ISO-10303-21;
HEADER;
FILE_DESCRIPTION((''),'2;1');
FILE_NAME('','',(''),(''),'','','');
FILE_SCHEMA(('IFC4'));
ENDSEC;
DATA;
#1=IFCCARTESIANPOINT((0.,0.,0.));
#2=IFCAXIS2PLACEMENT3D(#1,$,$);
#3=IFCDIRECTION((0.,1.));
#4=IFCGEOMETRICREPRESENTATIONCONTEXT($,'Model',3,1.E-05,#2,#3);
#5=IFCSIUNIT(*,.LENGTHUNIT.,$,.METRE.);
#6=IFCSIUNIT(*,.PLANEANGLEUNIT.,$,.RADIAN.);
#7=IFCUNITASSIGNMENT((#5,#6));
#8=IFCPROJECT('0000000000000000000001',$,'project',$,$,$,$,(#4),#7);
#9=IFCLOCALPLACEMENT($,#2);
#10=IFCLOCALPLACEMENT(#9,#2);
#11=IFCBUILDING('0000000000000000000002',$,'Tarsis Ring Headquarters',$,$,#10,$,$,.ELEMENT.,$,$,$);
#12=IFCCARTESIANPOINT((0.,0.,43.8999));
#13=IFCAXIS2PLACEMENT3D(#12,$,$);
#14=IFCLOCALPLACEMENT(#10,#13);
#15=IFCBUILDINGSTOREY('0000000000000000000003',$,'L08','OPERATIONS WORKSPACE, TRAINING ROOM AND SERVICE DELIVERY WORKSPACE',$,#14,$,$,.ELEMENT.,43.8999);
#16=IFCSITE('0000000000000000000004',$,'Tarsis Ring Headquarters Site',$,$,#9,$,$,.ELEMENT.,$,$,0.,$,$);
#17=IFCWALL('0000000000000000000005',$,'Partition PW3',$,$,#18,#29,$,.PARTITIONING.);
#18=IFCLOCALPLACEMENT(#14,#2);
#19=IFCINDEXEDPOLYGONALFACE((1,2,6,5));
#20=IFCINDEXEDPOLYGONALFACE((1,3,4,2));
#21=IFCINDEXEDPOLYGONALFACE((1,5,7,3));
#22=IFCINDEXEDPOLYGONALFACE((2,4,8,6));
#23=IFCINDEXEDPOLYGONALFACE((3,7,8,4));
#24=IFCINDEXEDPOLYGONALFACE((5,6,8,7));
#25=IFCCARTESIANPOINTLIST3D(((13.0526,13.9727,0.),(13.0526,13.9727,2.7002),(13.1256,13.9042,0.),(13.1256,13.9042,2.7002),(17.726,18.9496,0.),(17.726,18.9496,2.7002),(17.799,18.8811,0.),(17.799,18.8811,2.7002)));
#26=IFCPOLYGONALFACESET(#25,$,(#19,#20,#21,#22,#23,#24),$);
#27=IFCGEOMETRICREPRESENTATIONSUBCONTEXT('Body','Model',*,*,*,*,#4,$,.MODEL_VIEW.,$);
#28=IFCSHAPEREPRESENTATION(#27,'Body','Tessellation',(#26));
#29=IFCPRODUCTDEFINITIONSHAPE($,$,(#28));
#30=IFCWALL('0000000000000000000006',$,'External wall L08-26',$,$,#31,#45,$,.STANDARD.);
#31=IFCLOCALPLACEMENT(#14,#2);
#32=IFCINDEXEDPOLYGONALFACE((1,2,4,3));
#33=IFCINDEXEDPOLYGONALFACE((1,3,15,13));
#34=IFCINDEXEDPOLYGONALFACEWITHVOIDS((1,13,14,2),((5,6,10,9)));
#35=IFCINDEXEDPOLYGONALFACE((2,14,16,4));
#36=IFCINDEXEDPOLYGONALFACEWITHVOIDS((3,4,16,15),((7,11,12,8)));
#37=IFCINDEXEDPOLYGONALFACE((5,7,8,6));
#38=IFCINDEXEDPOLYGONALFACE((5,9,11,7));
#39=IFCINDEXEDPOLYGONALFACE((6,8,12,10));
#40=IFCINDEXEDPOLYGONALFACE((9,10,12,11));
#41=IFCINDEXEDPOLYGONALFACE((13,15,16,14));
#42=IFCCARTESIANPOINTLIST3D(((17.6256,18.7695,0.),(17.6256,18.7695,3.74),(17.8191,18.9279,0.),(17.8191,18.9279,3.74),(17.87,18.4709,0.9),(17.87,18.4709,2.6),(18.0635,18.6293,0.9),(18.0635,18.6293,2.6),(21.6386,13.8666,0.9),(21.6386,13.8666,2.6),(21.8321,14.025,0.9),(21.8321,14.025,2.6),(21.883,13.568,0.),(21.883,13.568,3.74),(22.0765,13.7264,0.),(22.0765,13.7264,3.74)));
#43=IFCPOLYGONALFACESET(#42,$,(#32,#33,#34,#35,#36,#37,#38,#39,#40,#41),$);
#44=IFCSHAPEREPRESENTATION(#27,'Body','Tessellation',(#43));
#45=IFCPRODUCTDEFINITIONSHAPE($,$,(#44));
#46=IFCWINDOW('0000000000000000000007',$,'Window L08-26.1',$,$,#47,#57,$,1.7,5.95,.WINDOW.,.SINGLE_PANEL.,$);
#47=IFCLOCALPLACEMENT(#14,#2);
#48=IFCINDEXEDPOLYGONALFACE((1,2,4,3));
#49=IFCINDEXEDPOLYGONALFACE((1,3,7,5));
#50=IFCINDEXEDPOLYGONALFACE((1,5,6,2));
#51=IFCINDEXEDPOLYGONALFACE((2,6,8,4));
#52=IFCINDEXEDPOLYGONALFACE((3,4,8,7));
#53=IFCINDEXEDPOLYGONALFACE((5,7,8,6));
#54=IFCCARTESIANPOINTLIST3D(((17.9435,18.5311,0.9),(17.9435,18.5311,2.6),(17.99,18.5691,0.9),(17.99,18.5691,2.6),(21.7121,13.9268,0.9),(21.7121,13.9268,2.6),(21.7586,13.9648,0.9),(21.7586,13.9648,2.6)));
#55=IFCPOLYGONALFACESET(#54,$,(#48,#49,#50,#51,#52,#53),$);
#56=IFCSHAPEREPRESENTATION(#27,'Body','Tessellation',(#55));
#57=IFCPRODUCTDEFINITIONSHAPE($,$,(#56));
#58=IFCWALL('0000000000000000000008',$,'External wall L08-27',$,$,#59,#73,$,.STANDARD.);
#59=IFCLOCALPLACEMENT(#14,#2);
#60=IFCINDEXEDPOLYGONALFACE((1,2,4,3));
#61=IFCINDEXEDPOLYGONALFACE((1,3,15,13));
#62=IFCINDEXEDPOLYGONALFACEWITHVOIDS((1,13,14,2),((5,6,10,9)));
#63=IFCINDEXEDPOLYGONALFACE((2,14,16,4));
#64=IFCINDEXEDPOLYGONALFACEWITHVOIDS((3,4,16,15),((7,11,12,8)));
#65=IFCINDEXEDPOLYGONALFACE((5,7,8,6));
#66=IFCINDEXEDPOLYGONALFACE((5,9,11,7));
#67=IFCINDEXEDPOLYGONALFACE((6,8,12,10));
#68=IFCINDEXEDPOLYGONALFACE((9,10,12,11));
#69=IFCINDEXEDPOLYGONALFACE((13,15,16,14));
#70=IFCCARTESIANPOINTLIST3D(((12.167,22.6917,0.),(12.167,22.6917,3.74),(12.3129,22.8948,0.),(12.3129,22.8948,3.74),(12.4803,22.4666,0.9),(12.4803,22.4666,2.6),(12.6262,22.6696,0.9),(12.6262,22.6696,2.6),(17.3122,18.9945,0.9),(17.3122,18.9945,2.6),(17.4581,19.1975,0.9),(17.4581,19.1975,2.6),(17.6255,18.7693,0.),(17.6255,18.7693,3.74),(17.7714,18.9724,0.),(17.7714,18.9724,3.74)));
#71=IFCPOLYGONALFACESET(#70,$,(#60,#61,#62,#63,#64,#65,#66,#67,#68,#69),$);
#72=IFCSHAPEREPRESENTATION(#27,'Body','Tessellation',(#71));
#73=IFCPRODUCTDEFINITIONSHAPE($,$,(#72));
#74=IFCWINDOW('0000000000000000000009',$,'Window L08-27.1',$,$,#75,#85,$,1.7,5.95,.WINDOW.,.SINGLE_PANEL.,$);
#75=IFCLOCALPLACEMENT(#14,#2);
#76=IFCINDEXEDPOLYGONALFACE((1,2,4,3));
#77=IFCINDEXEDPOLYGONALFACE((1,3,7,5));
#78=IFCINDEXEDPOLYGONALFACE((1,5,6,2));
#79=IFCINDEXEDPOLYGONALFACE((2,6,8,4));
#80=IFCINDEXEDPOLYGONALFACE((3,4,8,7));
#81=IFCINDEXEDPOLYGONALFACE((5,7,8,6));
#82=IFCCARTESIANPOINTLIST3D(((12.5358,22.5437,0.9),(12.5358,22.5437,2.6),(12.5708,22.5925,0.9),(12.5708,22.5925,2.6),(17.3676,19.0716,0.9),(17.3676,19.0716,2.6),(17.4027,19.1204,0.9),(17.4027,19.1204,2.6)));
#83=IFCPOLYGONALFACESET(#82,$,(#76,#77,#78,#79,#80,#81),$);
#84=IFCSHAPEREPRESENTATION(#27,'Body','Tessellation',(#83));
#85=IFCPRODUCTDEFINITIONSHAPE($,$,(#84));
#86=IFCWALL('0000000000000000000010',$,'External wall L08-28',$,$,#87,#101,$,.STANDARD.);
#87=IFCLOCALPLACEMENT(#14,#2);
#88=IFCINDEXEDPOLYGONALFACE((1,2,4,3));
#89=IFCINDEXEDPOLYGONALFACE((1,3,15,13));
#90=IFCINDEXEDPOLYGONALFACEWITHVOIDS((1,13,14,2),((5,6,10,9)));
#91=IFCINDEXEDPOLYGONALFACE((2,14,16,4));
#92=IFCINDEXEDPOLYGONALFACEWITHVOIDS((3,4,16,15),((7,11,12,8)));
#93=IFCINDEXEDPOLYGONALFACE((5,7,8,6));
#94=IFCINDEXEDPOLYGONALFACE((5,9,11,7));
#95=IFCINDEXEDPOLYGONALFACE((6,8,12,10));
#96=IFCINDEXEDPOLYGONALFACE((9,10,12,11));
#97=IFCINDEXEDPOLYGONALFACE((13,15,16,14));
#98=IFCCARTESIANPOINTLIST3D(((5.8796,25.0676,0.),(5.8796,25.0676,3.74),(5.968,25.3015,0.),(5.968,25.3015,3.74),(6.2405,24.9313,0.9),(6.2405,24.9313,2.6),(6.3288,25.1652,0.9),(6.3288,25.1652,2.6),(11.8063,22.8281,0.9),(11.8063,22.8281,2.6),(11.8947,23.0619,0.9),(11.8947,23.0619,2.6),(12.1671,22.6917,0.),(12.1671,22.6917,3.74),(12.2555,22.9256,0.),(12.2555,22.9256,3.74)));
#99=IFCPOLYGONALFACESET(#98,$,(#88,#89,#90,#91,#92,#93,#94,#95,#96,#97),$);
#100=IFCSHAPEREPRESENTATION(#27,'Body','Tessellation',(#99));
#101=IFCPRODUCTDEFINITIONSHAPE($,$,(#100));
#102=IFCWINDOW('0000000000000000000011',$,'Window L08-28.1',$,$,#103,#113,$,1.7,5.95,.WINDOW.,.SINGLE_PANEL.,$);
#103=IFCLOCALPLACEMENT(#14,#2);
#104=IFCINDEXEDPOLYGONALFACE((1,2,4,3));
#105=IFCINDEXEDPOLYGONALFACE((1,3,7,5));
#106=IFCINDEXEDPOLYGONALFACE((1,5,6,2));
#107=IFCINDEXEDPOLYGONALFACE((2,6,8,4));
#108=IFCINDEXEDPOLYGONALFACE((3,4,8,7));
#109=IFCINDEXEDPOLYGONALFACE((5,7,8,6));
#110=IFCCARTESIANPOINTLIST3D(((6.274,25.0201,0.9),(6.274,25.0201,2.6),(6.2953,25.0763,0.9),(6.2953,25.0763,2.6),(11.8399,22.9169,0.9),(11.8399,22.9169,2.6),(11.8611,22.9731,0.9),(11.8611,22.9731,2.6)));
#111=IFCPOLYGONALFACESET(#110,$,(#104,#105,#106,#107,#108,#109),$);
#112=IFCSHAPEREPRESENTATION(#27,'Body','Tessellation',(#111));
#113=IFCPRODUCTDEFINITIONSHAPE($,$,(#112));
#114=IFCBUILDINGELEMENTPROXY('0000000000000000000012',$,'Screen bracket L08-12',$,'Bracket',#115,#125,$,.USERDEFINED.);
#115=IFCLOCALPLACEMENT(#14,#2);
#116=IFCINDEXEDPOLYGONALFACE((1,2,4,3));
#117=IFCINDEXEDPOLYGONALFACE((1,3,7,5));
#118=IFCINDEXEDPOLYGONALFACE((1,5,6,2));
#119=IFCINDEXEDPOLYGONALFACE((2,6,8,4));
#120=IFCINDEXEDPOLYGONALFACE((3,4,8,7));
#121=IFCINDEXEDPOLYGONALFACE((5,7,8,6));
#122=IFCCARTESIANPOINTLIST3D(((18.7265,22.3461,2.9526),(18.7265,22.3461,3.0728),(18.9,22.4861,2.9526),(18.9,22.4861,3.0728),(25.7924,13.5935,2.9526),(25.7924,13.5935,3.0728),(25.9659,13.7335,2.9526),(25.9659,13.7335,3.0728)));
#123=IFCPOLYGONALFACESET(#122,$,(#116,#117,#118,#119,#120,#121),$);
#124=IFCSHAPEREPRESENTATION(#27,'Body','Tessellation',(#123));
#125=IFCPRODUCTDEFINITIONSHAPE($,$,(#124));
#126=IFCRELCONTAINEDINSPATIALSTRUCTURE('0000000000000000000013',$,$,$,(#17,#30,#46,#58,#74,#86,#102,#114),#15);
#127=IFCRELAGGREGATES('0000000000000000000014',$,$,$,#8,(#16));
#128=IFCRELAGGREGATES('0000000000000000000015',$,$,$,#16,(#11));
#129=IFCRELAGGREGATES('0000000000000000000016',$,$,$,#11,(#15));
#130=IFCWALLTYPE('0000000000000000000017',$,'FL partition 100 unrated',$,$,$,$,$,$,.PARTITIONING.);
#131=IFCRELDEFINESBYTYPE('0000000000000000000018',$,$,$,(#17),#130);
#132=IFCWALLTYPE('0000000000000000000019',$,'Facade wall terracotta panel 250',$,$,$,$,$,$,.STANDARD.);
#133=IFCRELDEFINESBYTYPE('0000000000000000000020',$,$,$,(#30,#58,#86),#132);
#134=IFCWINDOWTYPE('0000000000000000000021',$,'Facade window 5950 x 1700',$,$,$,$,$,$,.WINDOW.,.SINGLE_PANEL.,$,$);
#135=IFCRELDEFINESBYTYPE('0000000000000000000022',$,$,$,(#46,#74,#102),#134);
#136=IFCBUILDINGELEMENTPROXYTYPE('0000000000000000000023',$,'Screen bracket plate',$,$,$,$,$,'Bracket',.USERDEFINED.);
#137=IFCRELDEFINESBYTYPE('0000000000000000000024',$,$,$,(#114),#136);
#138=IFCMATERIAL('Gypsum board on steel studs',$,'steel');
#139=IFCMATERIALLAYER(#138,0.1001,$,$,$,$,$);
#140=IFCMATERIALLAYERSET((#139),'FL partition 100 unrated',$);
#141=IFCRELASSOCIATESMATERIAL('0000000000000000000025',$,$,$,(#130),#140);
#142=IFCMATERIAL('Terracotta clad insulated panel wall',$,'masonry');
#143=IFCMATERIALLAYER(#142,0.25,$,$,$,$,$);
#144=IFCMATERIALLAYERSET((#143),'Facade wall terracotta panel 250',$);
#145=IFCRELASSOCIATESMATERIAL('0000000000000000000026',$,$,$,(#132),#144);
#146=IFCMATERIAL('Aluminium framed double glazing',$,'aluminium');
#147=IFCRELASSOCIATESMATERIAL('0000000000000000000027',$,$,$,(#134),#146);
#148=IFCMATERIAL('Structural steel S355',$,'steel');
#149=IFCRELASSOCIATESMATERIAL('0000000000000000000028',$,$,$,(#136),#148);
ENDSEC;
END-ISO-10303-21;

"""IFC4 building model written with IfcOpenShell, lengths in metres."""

from ifc_helpers import new_model, si_unit, direction, frame, frame_2d, origin, origin_2d, place, context, subcontext, project, spatial, rectangle, extrude, material, layer, layer_set, type_object, element, fill, save


model = new_model("IFC4")

# Units and contexts
model_context = context("Model", 3, precision=1e-05, world=origin(), true_north=direction((0.0, 1.0)))
body_context = subcontext(model_context, "Body", "Model", "MODEL_VIEW")
ifc_project = project(units=[si_unit("LENGTHUNIT", "METRE"), si_unit("PLANEANGLEUNIT", "RADIAN")], contexts=[model_context])

# Site, building, storey
site_placement = place(None, origin())
site = spatial("IfcSite", under=ifc_project, at=site_placement, Name="Tarsis Ring Headquarters Site", CompositionType="ELEMENT", RefElevation=0.0)
building_placement = place(site_placement, origin())
building = spatial("IfcBuilding", under=site, at=building_placement, Name="Tarsis Ring Headquarters", CompositionType="ELEMENT")
storey_placement = place(building_placement, frame((0.0, 0.0, 43.8999)))
storey = spatial("IfcBuildingStorey", under=building, at=storey_placement, Name="L08", Description="OPERATIONS WORKSPACE, TRAINING ROOM AND SERVICE DELIVERY WORKSPACE", CompositionType="ELEMENT", Elevation=43.8999)

# Shared definitions
ifc_material_1 = material(Name="Structural steel S355", Category="steel")

# Wall
ifc_material_2 = material(Name="Gypsum board on steel studs", Category="steel")
ifc_layer_1 = layer(ifc_material_2, 0.1001)
ifc_layer_set_1 = layer_set([ifc_layer_1], Name="FL partition 100 unrated")
wall_type_1 = type_object("IfcWallType", Name="FL partition 100 unrated", PredefinedType="PARTITIONING", material=ifc_layer_set_1)
wall_1_placement = place(storey_placement, frame((13.0891, 13.9385, 0.0), z_axis=(0.0, 0.0, 1.0), x_axis=(0.684532, 0.728983, 0.0)))
element("IfcWall", 1, at=wall_1_placement, inside=storey, type_object=wall_type_1, Name="Partition PW3", PredefinedType="PARTITIONING", context=body_context, shape_type="SweptSolid", body=[
    extrude(rectangle(XDim=6.8271, YDim=0.1001, at=frame_2d((3.4136, 0.0))), origin(), (0.0, 0.0, 1.0), 2.7002),
])

# Walls, openings, windows
ifc_material_3 = material(Name="Terracotta clad insulated panel wall", Category="masonry")
ifc_layer_2 = layer(ifc_material_3, 0.25)
ifc_layer_set_2 = layer_set([ifc_layer_2], Name="Facade wall terracotta panel 250")
wall_type_2 = type_object("IfcWallType", Name="Facade wall terracotta panel 250", PredefinedType="STANDARD", material=ifc_layer_set_2)
wall_2_placement = place(storey_placement, frame((21.9797, 13.6472, 0.0), z_axis=(0.0, 0.0, 1.0), x_axis=(-0.633382, 0.773839, 0.0)))
wall_2 = element("IfcWall", 2, at=wall_2_placement, inside=storey, type_object=wall_type_2, Name="External wall L08-26", PredefinedType="STANDARD", context=body_context, shape_type="SweptSolid", body=[
    extrude(rectangle(XDim=6.7217, YDim=0.25, at=frame_2d((3.3608, 0.0))), origin(), (0.0, 0.0, 1.0), 3.74),
])
opening_1_placement = place(wall_2_placement, frame((0.3857, 0.0, 0.8999)))
opening_1 = element("IfcOpeningElement", 3, at=opening_1_placement, cuts=wall_2, PredefinedType="OPENING", context=body_context, shape_type="SweptSolid", body=[
    extrude(rectangle(XDim=5.95, YDim=1.7, at=frame_2d((2.9751, 0.8501))), frame((0.0, 0.135, 0.0), z_axis=(0.0, -1.0, 0.0), x_axis=(1.0, 0.0, 0.0)), (0.0, 0.0, 1.0), 0.27),
])
ifc_material_4 = material(Name="Aluminium framed double glazing", Category="aluminium")
window_type = type_object("IfcWindowType", Name="Facade window 5950 x 1700", PartitioningType="SINGLE_PANEL", PredefinedType="WINDOW", material=ifc_material_4)
window_1_placement = place(opening_1_placement, origin())
window_1 = element("IfcWindow", 4, at=window_1_placement, inside=storey, type_object=window_type, Name="Window L08-26.1", OverallHeight=1.7, OverallWidth=5.95, PartitioningType="SINGLE_PANEL", PredefinedType="WINDOW", context=body_context, shape_type="SweptSolid", body=[
    extrude(rectangle(XDim=5.95, YDim=1.7, at=frame_2d((2.9751, 0.8501))), frame((0.0, 0.03, 0.0), z_axis=(0.0, -1.0, 0.0), x_axis=(1.0, 0.0, 0.0)), (0.0, 0.0, 1.0), 0.0601),
])
fill(opening_1, window_1)
wall_3_placement = place(storey_placement, frame((17.6985, 18.8708, 0.0), z_axis=(0.0, 0.0, 1.0), x_axis=(-0.812081, 0.583545, 0.0)))
wall_3 = element("IfcWall", 5, at=wall_3_placement, inside=storey, type_object=wall_type_2, Name="External wall L08-27", PredefinedType="STANDARD", context=body_context, shape_type="SweptSolid", body=[
    extrude(rectangle(XDim=6.7217, YDim=0.25, at=frame_2d((3.3608, 0.0))), origin(), (0.0, 0.0, 1.0), 3.74),
])
opening_2_placement = place(wall_3_placement, frame((0.3857, 0.0, 0.8999)))
opening_2 = element("IfcOpeningElement", 6, at=opening_2_placement, cuts=wall_3, PredefinedType="OPENING", context=body_context, shape_type="SweptSolid", body=[
    extrude(rectangle(XDim=5.95, YDim=1.7, at=frame_2d((2.9751, 0.8501))), frame((0.0, 0.135, 0.0), z_axis=(0.0, -1.0, 0.0), x_axis=(1.0, 0.0, 0.0)), (0.0, 0.0, 1.0), 0.27),
])
window_2_placement = place(opening_2_placement, origin())
window_2 = element("IfcWindow", 7, at=window_2_placement, inside=storey, type_object=window_type, Name="Window L08-27.1", OverallHeight=1.7, OverallWidth=5.95, PartitioningType="SINGLE_PANEL", PredefinedType="WINDOW", context=body_context, shape_type="SweptSolid", body=[
    extrude(rectangle(XDim=5.95, YDim=1.7, at=frame_2d((2.9751, 0.8501))), frame((0.0, 0.03, 0.0), z_axis=(0.0, -1.0, 0.0), x_axis=(1.0, 0.0, 0.0)), (0.0, 0.0, 1.0), 0.0601),
])
fill(opening_2, window_2)
wall_4_placement = place(storey_placement, frame((12.2114, 22.8086, 0.0), z_axis=(0.0, 0.0, 1.0), x_axis=(-0.93544, 0.353487, 0.0)))
wall_4 = element("IfcWall", 8, at=wall_4_placement, inside=storey, type_object=wall_type_2, Name="External wall L08-28", PredefinedType="STANDARD", context=body_context, shape_type="SweptSolid", body=[
    extrude(rectangle(XDim=6.7214, YDim=0.25, at=frame_2d((3.3608, 0.0))), origin(), (0.0, 0.0, 1.0), 3.74),
])
opening_3_placement = place(wall_4_placement, frame((0.3857, 0.0, 0.8999)))
opening_3 = element("IfcOpeningElement", 9, at=opening_3_placement, cuts=wall_4, PredefinedType="OPENING", context=body_context, shape_type="SweptSolid", body=[
    extrude(rectangle(XDim=5.95, YDim=1.7, at=frame_2d((2.9751, 0.8501))), frame((0.0, 0.135, 0.0), z_axis=(0.0, -1.0, 0.0), x_axis=(1.0, 0.0, 0.0)), (0.0, 0.0, 1.0), 0.27),
])
window_3_placement = place(opening_3_placement, origin())
window_3 = element("IfcWindow", 10, at=window_3_placement, inside=storey, type_object=window_type, Name="Window L08-28.1", OverallHeight=1.7, OverallWidth=5.95, PartitioningType="SINGLE_PANEL", PredefinedType="WINDOW", context=body_context, shape_type="SweptSolid", body=[
    extrude(rectangle(XDim=5.95, YDim=1.7, at=frame_2d((2.9751, 0.8501))), frame((0.0, 0.03, 0.0), z_axis=(0.0, -1.0, 0.0), x_axis=(1.0, 0.0, 0.0)), (0.0, 0.0, 1.0), 0.0601),
])
fill(opening_3, window_3)

# Building element proxy
building_element_proxy_type = type_object("IfcBuildingElementProxyType", Name="Screen bracket plate", ElementType="Bracket", PredefinedType="USERDEFINED", material=ifc_material_1)
proxy_placement = place(storey_placement, frame((22.3462, 18.0398, 2.9526), z_axis=(0.0, 0.0, 1.0), x_axis=(-0.62815, 0.778093, 0.0)))
element("IfcBuildingElementProxy", 11, at=proxy_placement, inside=storey, type_object=building_element_proxy_type, Name="Screen bracket L08-12", ObjectType="Bracket", PredefinedType="USERDEFINED", context=body_context, shape_type="SweptSolid", body=[
    extrude(rectangle(XDim=11.2488, YDim=0.2229, at=origin_2d()), origin(), (0.0, 0.0, 1.0), 0.1201),
])

save(model, "model.ifc")
